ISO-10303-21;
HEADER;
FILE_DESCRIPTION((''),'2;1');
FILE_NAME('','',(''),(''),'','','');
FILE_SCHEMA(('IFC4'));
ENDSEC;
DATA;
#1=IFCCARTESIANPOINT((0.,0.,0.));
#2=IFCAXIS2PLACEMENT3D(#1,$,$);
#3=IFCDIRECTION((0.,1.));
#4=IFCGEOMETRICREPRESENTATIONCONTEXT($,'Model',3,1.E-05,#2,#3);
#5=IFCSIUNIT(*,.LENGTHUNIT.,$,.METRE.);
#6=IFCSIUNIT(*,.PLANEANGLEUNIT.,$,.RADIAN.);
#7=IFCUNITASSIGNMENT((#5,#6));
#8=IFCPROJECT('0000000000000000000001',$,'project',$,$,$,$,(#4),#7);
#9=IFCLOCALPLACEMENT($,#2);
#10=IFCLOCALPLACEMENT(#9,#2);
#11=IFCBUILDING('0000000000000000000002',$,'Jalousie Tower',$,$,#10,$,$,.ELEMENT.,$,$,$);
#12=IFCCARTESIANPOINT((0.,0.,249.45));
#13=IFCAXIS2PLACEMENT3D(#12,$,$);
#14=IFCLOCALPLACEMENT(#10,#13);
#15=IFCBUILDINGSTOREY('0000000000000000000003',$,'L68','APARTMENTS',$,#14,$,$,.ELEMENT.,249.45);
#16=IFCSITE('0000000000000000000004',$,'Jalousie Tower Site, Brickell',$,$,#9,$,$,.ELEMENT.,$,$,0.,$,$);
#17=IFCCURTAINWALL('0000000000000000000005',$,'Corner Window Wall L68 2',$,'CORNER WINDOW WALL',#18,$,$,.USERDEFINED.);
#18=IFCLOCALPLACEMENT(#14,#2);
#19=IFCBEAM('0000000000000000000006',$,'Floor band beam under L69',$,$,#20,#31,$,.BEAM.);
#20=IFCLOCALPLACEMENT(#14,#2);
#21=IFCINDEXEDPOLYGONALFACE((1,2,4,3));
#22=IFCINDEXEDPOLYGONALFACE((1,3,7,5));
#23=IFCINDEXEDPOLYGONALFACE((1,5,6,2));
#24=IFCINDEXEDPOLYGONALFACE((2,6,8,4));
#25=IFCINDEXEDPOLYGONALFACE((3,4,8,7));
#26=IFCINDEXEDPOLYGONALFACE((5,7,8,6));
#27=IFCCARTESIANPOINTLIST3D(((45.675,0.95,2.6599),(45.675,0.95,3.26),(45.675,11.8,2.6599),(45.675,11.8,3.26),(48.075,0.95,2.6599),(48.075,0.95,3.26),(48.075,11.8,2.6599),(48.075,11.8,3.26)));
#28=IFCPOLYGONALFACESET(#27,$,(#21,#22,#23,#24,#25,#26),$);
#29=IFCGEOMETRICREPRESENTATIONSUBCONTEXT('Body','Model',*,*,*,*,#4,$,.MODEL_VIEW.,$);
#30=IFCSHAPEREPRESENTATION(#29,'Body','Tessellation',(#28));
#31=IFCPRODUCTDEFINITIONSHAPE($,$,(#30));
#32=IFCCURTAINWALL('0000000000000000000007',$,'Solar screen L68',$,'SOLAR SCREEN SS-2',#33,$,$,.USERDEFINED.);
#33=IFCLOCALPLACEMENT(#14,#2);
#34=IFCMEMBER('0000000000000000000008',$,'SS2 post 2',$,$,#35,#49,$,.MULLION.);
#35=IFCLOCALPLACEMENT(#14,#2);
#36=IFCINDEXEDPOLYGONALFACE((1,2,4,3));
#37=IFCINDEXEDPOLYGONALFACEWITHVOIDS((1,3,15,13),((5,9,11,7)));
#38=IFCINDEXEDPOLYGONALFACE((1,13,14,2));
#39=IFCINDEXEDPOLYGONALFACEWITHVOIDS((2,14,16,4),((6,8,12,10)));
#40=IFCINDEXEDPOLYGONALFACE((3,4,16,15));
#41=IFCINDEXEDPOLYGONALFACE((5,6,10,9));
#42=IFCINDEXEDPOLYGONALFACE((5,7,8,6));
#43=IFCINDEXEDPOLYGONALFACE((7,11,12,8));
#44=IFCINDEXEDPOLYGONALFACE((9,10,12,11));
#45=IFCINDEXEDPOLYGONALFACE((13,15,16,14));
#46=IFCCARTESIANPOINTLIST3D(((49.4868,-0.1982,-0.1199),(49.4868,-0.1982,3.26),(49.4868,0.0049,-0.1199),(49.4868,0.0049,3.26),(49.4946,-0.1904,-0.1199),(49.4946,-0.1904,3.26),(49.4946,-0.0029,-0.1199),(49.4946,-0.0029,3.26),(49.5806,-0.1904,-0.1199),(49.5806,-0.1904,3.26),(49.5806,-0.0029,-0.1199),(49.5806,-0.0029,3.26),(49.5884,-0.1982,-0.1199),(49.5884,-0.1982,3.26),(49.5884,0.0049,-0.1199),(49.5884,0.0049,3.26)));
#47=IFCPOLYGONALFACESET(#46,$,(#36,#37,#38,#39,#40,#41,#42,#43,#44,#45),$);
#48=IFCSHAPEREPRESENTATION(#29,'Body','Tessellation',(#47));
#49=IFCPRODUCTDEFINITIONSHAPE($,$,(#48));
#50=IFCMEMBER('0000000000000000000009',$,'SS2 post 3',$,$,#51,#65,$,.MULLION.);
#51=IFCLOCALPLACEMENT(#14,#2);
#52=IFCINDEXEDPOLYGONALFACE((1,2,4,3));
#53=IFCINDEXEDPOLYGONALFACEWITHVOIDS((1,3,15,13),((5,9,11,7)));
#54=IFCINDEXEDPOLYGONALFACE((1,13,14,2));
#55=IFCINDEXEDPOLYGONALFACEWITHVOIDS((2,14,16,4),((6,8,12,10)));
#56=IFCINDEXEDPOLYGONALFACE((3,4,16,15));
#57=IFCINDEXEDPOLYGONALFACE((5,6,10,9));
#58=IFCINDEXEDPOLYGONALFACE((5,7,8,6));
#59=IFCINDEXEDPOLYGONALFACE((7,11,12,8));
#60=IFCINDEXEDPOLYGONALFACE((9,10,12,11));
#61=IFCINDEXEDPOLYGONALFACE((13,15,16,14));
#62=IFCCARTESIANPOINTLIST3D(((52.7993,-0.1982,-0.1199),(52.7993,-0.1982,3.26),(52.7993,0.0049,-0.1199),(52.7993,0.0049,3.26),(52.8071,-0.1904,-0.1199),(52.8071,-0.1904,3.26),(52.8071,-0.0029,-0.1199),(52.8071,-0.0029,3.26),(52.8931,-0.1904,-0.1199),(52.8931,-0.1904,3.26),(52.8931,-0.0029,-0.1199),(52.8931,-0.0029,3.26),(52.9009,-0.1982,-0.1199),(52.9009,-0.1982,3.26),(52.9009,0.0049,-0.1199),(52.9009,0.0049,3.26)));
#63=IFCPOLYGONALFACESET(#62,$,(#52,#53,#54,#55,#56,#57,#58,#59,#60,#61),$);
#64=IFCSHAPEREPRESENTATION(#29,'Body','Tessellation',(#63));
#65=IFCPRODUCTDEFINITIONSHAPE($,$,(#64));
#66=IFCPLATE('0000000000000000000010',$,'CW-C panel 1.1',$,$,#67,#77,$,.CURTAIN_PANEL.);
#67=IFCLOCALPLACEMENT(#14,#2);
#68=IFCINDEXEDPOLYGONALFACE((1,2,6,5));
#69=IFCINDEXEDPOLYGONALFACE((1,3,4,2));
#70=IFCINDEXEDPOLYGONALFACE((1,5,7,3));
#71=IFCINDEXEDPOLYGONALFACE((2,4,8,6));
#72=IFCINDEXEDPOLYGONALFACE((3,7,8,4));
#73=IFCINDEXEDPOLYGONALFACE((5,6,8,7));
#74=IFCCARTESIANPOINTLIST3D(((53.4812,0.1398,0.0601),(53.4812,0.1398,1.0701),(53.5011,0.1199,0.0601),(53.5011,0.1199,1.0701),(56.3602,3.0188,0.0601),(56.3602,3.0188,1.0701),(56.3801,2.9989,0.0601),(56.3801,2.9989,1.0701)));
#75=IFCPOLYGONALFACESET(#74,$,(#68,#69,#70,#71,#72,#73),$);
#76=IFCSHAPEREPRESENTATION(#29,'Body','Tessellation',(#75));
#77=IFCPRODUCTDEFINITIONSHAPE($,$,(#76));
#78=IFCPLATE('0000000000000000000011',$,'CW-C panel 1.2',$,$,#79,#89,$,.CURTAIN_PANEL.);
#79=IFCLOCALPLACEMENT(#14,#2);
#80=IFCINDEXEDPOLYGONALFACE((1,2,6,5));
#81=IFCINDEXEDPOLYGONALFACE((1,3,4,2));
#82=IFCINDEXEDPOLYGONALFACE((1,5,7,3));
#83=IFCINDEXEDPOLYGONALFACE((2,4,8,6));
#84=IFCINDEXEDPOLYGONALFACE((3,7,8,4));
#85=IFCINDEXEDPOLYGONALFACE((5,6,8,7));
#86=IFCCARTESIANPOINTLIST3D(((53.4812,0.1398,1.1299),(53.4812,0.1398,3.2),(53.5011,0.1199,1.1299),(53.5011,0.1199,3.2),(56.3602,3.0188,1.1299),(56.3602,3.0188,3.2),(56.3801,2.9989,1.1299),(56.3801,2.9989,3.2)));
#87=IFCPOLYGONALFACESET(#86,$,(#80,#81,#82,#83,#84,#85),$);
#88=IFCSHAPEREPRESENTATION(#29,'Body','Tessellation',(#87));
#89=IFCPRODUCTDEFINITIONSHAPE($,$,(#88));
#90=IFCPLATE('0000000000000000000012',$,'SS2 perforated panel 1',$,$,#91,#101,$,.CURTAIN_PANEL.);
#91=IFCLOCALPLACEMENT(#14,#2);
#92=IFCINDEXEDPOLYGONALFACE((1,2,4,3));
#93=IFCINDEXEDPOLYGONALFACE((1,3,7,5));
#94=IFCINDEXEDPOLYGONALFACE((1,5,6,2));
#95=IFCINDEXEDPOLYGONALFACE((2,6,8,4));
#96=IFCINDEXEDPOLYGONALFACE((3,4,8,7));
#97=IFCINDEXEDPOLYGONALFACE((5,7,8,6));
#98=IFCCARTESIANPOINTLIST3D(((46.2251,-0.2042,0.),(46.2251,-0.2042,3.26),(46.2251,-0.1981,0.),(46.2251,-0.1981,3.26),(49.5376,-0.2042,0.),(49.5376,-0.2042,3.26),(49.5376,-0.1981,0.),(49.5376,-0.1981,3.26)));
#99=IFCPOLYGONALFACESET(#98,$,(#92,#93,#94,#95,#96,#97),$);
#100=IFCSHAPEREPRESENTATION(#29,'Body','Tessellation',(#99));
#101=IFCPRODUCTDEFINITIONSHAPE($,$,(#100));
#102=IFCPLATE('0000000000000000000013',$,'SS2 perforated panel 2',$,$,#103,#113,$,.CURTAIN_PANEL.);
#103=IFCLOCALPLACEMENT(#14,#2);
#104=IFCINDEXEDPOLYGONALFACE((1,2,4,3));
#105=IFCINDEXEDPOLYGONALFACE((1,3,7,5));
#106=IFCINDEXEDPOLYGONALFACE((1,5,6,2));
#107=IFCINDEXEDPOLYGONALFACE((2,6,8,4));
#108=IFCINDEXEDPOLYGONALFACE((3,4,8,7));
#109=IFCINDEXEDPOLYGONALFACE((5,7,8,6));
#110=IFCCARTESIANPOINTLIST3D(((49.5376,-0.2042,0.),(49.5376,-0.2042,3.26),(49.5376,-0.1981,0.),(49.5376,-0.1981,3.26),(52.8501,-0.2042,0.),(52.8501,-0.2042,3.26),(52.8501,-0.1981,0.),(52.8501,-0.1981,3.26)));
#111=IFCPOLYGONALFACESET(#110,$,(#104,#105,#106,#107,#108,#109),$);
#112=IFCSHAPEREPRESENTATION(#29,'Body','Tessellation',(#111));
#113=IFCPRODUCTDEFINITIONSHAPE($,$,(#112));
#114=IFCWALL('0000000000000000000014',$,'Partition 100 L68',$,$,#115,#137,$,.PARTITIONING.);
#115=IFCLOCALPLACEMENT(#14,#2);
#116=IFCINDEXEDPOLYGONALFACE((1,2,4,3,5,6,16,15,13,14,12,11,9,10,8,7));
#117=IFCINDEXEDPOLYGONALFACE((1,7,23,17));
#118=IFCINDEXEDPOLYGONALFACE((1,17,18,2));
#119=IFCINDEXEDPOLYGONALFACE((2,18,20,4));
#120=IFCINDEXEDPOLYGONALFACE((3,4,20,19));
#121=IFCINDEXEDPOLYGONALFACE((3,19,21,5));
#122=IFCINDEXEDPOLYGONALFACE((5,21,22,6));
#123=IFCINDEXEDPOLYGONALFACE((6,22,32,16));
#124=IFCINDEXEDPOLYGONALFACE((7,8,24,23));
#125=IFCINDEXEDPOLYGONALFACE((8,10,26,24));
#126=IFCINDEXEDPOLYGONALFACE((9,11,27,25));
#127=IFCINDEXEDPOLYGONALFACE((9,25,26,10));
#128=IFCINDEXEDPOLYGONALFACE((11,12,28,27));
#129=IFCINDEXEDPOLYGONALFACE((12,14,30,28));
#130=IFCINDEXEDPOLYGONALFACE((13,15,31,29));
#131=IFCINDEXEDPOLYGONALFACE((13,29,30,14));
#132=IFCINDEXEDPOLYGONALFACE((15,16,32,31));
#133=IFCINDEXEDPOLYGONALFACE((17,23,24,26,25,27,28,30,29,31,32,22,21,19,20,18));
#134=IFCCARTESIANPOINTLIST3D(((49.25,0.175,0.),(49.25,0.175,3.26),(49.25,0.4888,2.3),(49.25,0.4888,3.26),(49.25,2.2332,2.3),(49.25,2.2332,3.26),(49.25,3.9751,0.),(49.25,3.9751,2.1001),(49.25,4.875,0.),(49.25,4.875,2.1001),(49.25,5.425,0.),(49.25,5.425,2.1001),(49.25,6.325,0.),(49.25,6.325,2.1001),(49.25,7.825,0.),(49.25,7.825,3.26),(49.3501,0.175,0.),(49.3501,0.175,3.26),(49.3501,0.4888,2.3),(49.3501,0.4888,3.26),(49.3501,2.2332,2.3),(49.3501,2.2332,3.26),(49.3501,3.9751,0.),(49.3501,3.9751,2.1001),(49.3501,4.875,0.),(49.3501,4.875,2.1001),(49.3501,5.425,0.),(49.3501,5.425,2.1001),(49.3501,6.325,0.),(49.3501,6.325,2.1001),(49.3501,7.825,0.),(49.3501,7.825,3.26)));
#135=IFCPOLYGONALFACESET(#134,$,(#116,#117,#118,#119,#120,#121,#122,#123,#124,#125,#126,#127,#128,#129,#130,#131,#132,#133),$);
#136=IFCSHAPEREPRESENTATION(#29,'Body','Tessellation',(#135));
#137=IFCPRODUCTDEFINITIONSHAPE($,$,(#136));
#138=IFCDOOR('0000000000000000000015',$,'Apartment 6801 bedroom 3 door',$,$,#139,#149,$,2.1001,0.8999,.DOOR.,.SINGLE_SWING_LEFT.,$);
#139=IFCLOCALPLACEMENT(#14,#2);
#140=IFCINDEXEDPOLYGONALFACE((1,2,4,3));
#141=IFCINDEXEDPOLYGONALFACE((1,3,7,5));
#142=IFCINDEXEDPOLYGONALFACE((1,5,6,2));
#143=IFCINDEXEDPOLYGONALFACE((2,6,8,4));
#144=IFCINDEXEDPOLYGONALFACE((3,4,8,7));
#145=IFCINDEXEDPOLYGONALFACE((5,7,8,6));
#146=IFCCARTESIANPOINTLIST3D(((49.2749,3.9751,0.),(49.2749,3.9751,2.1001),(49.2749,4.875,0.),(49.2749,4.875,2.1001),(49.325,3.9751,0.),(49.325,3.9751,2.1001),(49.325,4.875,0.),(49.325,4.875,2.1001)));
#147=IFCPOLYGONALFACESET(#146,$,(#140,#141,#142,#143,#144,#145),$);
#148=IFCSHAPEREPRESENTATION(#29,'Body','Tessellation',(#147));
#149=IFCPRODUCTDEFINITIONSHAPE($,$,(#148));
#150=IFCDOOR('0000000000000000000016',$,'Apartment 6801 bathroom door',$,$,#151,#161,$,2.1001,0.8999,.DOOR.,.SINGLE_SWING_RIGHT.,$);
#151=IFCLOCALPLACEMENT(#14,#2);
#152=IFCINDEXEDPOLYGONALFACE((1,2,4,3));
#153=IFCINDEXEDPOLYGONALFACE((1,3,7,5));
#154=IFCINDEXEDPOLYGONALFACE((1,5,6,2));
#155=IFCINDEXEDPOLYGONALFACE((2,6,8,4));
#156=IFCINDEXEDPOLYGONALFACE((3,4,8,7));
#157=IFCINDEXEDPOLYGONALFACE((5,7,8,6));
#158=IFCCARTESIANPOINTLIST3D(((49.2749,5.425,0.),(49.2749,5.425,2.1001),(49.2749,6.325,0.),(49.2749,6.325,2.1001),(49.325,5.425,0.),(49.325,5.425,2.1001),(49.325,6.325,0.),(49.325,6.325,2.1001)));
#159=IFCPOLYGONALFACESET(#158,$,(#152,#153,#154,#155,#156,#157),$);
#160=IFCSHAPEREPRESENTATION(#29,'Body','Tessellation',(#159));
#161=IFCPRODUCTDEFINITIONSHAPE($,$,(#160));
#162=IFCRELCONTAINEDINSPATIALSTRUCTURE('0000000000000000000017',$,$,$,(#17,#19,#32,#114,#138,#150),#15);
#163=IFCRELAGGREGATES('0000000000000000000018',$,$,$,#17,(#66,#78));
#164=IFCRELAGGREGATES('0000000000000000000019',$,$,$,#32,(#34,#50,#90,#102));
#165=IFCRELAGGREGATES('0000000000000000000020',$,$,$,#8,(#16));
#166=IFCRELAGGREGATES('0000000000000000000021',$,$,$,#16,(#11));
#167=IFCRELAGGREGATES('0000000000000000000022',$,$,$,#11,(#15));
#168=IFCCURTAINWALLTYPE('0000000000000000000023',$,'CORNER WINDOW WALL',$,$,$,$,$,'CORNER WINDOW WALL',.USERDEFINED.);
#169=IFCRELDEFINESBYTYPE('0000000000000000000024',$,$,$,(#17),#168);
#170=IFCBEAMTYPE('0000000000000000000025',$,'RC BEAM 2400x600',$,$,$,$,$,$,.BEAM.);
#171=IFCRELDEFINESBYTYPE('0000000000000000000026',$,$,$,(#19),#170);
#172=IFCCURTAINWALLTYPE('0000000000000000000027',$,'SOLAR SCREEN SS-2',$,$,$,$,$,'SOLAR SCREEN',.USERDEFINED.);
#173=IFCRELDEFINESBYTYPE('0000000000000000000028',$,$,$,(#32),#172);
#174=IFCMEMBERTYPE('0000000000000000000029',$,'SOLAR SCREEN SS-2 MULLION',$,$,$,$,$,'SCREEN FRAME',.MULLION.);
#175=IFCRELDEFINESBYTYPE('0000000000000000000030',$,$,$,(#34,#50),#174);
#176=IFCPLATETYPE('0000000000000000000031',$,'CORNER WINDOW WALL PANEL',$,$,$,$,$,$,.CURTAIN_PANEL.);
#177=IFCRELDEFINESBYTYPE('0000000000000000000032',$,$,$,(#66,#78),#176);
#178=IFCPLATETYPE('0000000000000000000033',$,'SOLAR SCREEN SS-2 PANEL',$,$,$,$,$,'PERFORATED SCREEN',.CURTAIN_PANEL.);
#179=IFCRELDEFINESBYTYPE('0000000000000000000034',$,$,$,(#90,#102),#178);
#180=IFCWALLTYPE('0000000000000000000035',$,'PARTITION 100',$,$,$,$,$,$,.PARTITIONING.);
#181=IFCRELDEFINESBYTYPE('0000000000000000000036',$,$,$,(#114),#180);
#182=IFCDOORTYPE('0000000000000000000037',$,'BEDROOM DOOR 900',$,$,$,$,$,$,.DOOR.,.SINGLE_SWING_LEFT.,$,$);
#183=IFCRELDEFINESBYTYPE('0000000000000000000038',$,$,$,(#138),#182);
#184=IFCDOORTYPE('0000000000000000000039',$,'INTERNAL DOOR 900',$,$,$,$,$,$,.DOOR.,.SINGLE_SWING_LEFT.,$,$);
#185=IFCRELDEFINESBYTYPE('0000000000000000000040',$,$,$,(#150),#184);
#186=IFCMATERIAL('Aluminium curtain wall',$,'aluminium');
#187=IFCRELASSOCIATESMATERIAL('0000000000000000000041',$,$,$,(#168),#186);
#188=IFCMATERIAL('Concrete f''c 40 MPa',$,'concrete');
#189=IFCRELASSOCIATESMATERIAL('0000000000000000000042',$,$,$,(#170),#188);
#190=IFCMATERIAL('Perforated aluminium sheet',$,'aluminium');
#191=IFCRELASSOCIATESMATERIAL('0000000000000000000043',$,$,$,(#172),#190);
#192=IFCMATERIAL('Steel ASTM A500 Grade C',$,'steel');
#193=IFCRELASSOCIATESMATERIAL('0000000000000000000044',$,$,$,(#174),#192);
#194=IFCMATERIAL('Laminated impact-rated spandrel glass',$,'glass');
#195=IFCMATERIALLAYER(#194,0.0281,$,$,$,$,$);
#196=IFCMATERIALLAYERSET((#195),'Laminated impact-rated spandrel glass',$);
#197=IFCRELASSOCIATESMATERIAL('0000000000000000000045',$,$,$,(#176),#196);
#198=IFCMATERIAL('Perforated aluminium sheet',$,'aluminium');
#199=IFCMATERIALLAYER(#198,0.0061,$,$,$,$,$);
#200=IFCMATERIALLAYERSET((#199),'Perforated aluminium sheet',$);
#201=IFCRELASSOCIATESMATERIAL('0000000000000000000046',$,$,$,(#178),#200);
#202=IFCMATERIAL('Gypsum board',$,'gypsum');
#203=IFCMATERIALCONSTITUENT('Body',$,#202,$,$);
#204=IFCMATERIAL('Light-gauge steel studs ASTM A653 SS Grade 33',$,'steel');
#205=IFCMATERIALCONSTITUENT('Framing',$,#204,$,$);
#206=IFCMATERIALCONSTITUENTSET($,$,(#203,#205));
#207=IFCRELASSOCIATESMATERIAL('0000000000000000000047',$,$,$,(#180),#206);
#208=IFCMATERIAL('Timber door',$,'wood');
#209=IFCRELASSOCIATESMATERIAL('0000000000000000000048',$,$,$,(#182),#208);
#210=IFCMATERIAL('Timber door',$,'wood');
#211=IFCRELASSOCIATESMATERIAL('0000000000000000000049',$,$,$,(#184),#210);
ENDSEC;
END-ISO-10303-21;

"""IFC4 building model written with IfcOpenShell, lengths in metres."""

from ifc_helpers import new_model, si_unit, direction, frame, frame_2d, origin, origin_2d, place, context, subcontext, project, spatial, polyline, rectangle, hollow_rectangle, outline, extrude, material, layer, layer_set, constituent, constituent_set, material_profile, profile_set, type_object, element, fill, aggregate, save


model = new_model("IFC4")

# Units and contexts
model_context = context("Model", 3, precision=1e-05, world=origin(), true_north=direction((0.0, 1.0)))
body_context = subcontext(model_context, "Body", "Model", "MODEL_VIEW")
ifc_project = project(units=[si_unit("LENGTHUNIT", "METRE"), si_unit("PLANEANGLEUNIT", "RADIAN")], contexts=[model_context])

# Site, building, storey
site_placement = place(None, origin())
site = spatial("IfcSite", under=ifc_project, at=site_placement, Name="Jalousie Tower Site, Brickell", CompositionType="ELEMENT", RefElevation=0.0)
building_placement = place(site_placement, origin())
building = spatial("IfcBuilding", under=site, at=building_placement, Name="Jalousie Tower", CompositionType="ELEMENT")
storey_placement = place(building_placement, frame((0.0, 0.0, 249.45)))
storey = spatial("IfcBuildingStorey", under=building, at=storey_placement, Name="L68", Description="APARTMENTS", CompositionType="ELEMENT", Elevation=249.45)

# Curtain wall
ifc_material_1 = material(Name="Aluminium curtain wall", Category="aluminium")
curtain_wall_type_1 = type_object("IfcCurtainWallType", Name="CORNER WINDOW WALL", ElementType="CORNER WINDOW WALL", PredefinedType="USERDEFINED", material=ifc_material_1)
curtain_wall_1_placement = place(storey_placement, origin())
curtain_wall_1 = element("IfcCurtainWall", 1, at=curtain_wall_1_placement, inside=storey, type_object=curtain_wall_type_1, Name="Corner Window Wall L68 2", ObjectType="CORNER WINDOW WALL", PredefinedType="USERDEFINED")

# Beam
ifc_material_2 = material(Name="Concrete f'c 40 MPa", Category="concrete")
ifc_material_profile_1 = material_profile(ifc_material_2, rectangle(XDim=2.3999, YDim=0.6001, at=origin_2d()), Name="RC 2400x600")
ifc_profile_set_1 = profile_set([ifc_material_profile_1], Name="Concrete f'c 40 MPa")
beam_type_1 = type_object("IfcBeamType", Name="RC BEAM 2400x600", PredefinedType="BEAM", material=ifc_profile_set_1)
beam_1_placement = place(storey_placement, frame((46.875, 0.95, 2.96), z_axis=(0.0, 1.0, 0.0), x_axis=(-1.0, 0.0, 0.0)))
element("IfcBeam", 2, at=beam_1_placement, inside=storey, type_object=beam_type_1, Name="Floor band beam under L69", PredefinedType="BEAM", context=body_context, shape_type="SweptSolid", body=[
    extrude(rectangle(XDim=2.3999, YDim=0.6001, at=origin_2d()), origin(), (0.0, 0.0, 1.0), 10.8501),
])

# Curtain wall, members
ifc_material_3 = material(Name="Perforated aluminium sheet", Category="aluminium")
curtain_wall_type_2 = type_object("IfcCurtainWallType", Name="SOLAR SCREEN SS-2", ElementType="SOLAR SCREEN", PredefinedType="USERDEFINED", material=ifc_material_3)
curtain_wall_2_placement = place(storey_placement, origin())
curtain_wall_2 = element("IfcCurtainWall", 3, at=curtain_wall_2_placement, inside=storey, type_object=curtain_wall_type_2, Name="Solar screen L68", ObjectType="SOLAR SCREEN SS-2", PredefinedType="USERDEFINED")
ifc_material_4 = material(Name="Steel ASTM A500 Grade C", Category="steel")
ifc_material_profile_2 = material_profile(ifc_material_4, hollow_rectangle(XDim=0.1016, YDim=0.2031, WallThickness=0.0078, at=origin_2d()), Name="HSS8X4X5/16")
ifc_profile_set_2 = profile_set([ifc_material_profile_2], Name="Steel ASTM A500 Grade C")
member_type_1 = type_object("IfcMemberType", Name="SOLAR SCREEN SS-2 MULLION", ElementType="SCREEN FRAME", PredefinedType="MULLION", material=ifc_profile_set_2)
member_1_placement = place(storey_placement, frame((49.5376, -0.0967, -0.1199), z_axis=(0.0, 0.0, 1.0), x_axis=(1.0, 0.0, 0.0)))
member_1 = element("IfcMember", 4, at=member_1_placement, type_object=member_type_1, Name="SS2 post 2", PredefinedType="MULLION", context=body_context, shape_type="SweptSolid", body=[
    extrude(hollow_rectangle(XDim=0.1016, YDim=0.2031, WallThickness=0.0078, at=origin_2d()), origin(), (0.0, 0.0, 1.0), 3.3799),
])
member_2_placement = place(storey_placement, frame((52.8501, -0.0967, -0.1199), z_axis=(0.0, 0.0, 1.0), x_axis=(1.0, 0.0, 0.0)))
member_2 = element("IfcMember", 5, at=member_2_placement, type_object=member_type_1, Name="SS2 post 3", PredefinedType="MULLION", context=body_context, shape_type="SweptSolid", body=[
    extrude(hollow_rectangle(XDim=0.1016, YDim=0.2031, WallThickness=0.0078, at=origin_2d()), origin(), (0.0, 0.0, 1.0), 3.3799),
])

# Plates
ifc_material_5 = material(Name="Laminated impact-rated spandrel glass", Category="glass")
ifc_layer_1 = layer(ifc_material_5, 0.0281)
ifc_layer_set_1 = layer_set([ifc_layer_1], Name="Laminated impact-rated spandrel glass")
plate_type_1 = type_object("IfcPlateType", Name="CORNER WINDOW WALL PANEL", PredefinedType="CURTAIN_PANEL", material=ifc_layer_set_1)
plate_1_placement = place(storey_placement, frame((54.9307, 1.5693, 0.0601), z_axis=(0.0, 0.0, 1.0), x_axis=(0.707107, 0.707107, 0.0)))
plate_1 = element("IfcPlate", 6, at=plate_1_placement, type_object=plate_type_1, Name="CW-C panel 1.1", PredefinedType="CURTAIN_PANEL", context=body_context, shape_type="SweptSolid", body=[
    extrude(rectangle(XDim=4.0715, YDim=0.0281, at=origin_2d()), origin(), (0.0, 0.0, 1.0), 1.01),
])
plate_2_placement = place(storey_placement, frame((54.9307, 1.5693, 1.1299), z_axis=(0.0, 0.0, 1.0), x_axis=(0.707107, 0.707107, 0.0)))
plate_2 = element("IfcPlate", 7, at=plate_2_placement, type_object=plate_type_1, Name="CW-C panel 1.2", PredefinedType="CURTAIN_PANEL", context=body_context, shape_type="SweptSolid", body=[
    extrude(rectangle(XDim=4.0715, YDim=0.0281, at=origin_2d()), origin(), (0.0, 0.0, 1.0), 2.0701),
])
aggregate(curtain_wall_1, [plate_1, plate_2])
ifc_material_6 = material(Name="Perforated aluminium sheet", Category="aluminium")
ifc_layer_2 = layer(ifc_material_6, 0.0061)
ifc_layer_set_2 = layer_set([ifc_layer_2], Name="Perforated aluminium sheet")
plate_type_2 = type_object("IfcPlateType", Name="SOLAR SCREEN SS-2 PANEL", ElementType="PERFORATED SCREEN", PredefinedType="CURTAIN_PANEL", material=ifc_layer_set_2)
plate_3_placement = place(storey_placement, frame((47.8813, -0.2012, 0.0), z_axis=(0.0, 0.0, 1.0), x_axis=(1.0, 0.0, 0.0)))
plate_3 = element("IfcPlate", 8, at=plate_3_placement, type_object=plate_type_2, Name="SS2 perforated panel 1", PredefinedType="CURTAIN_PANEL", context=body_context, shape_type="SweptSolid", body=[
    extrude(rectangle(XDim=3.3125, YDim=0.0061, at=origin_2d()), origin(), (0.0, 0.0, 1.0), 3.26),
])
plate_4_placement = place(storey_placement, frame((51.1938, -0.2012, 0.0), z_axis=(0.0, 0.0, 1.0), x_axis=(1.0, 0.0, 0.0)))
plate_4 = element("IfcPlate", 9, at=plate_4_placement, type_object=plate_type_2, Name="SS2 perforated panel 2", PredefinedType="CURTAIN_PANEL", context=body_context, shape_type="SweptSolid", body=[
    extrude(rectangle(XDim=3.3125, YDim=0.0061, at=origin_2d()), origin(), (0.0, 0.0, 1.0), 3.26),
])
aggregate(curtain_wall_2, [member_1, member_2, plate_3, plate_4])

# Wall, openings, doors
ifc_material_7 = material(Name="Gypsum board", Category="gypsum")
ifc_constituent_1 = constituent(ifc_material_7, Name="Body")
ifc_material_8 = material(Name="Light-gauge steel studs ASTM A653 SS Grade 33", Category="steel")
ifc_constituent_2 = constituent(ifc_material_8, Name="Framing")
ifc_constituent_set = constituent_set(constituents=[ifc_constituent_1, ifc_constituent_2])
wall_type = type_object("IfcWallType", Name="PARTITION 100", PredefinedType="PARTITIONING", material=ifc_constituent_set)
wall_1_placement = place(storey_placement, frame((49.3, 0.175, 0.0), z_axis=(0.0, 0.0, 1.0), x_axis=(0.0, 1.0, 0.0)))
wall_1 = element("IfcWall", 10, at=wall_1_placement, inside=storey, type_object=wall_type, Name="Partition 100 L68", PredefinedType="PARTITIONING", context=body_context, shape_type="SweptSolid", body=[
    extrude(outline(polyline([(0.0, 0.0), (7.6499, 0.0), (7.6499, 3.26), (2.0581, 3.26), (2.0581, 2.3), (0.3137, 2.3), (0.3137, 3.26), (0.0, 3.26), (0.0, 0.0)])), frame((0.0, 0.05, 0.0), z_axis=(0.0, -1.0, 0.0), x_axis=(1.0, 0.0, 0.0)), (0.0, 0.0, 1.0), 0.1001),
])
opening_1_placement = place(wall_1_placement, frame((3.8, 0.0, 0.0)))
opening_1 = element("IfcOpeningElement", 11, at=opening_1_placement, cuts=wall_1, PredefinedType="OPENING", context=body_context, shape_type="SweptSolid", body=[
    extrude(rectangle(XDim=0.8999, YDim=2.1001, at=frame_2d((0.45, 1.05))), frame((0.0, 0.0601, 0.0), z_axis=(0.0, -1.0, 0.0), x_axis=(1.0, 0.0, 0.0)), (0.0, 0.0, 1.0), 0.1201),
])
opening_2_placement = place(wall_1_placement, frame((5.25, 0.0, 0.0)))
opening_2 = element("IfcOpeningElement", 12, at=opening_2_placement, cuts=wall_1, PredefinedType="OPENING", context=body_context, shape_type="SweptSolid", body=[
    extrude(rectangle(XDim=0.8999, YDim=2.1001, at=frame_2d((0.45, 1.05))), frame((0.0, 0.0601, 0.0), z_axis=(0.0, -1.0, 0.0), x_axis=(1.0, 0.0, 0.0)), (0.0, 0.0, 1.0), 0.1201),
])
ifc_material_9 = material(Name="Timber door", Category="wood")
door_type_1 = type_object("IfcDoorType", Name="BEDROOM DOOR 900", OperationType="SINGLE_SWING_LEFT", PredefinedType="DOOR", material=ifc_material_9)
door_1_placement = place(opening_1_placement, frame((0.8999, 0.0, 0.0), z_axis=(0.0, 0.0, 1.0), x_axis=(-1.0, 0.0, 0.0)))
door_1 = element("IfcDoor", 13, at=door_1_placement, inside=storey, type_object=door_type_1, Name="Apartment 6801 bedroom 3 door", OperationType="SINGLE_SWING_LEFT", OverallHeight=2.1001, OverallWidth=0.8999, PredefinedType="DOOR", context=body_context, shape_type="SweptSolid", body=[
    extrude(rectangle(XDim=0.8999, YDim=2.1001, at=frame_2d((0.45, 1.05))), frame((0.0, 0.0249, 0.0), z_axis=(0.0, -1.0, 0.0), x_axis=(1.0, 0.0, 0.0)), (0.0, 0.0, 1.0), 0.05),
])
fill(opening_1, door_1)
ifc_material_10 = material(Name="Timber door", Category="wood")
door_type_2 = type_object("IfcDoorType", Name="INTERNAL DOOR 900", OperationType="SINGLE_SWING_LEFT", PredefinedType="DOOR", material=ifc_material_10)
door_2_placement = place(opening_2_placement, frame((0.8999, 0.0, 0.0), z_axis=(0.0, 0.0, 1.0), x_axis=(-1.0, 0.0, 0.0)))
door_2 = element("IfcDoor", 14, at=door_2_placement, inside=storey, type_object=door_type_2, Name="Apartment 6801 bathroom door", OperationType="SINGLE_SWING_RIGHT", OverallHeight=2.1001, OverallWidth=0.8999, PredefinedType="DOOR", context=body_context, shape_type="SweptSolid", body=[
    extrude(rectangle(XDim=0.8999, YDim=2.1001, at=frame_2d((0.45, 1.05))), frame((0.0, 0.0249, 0.0), z_axis=(0.0, -1.0, 0.0), x_axis=(1.0, 0.0, 0.0)), (0.0, 0.0, 1.0), 0.05),
])
fill(opening_2, door_2)

save(model, "model.ifc")
